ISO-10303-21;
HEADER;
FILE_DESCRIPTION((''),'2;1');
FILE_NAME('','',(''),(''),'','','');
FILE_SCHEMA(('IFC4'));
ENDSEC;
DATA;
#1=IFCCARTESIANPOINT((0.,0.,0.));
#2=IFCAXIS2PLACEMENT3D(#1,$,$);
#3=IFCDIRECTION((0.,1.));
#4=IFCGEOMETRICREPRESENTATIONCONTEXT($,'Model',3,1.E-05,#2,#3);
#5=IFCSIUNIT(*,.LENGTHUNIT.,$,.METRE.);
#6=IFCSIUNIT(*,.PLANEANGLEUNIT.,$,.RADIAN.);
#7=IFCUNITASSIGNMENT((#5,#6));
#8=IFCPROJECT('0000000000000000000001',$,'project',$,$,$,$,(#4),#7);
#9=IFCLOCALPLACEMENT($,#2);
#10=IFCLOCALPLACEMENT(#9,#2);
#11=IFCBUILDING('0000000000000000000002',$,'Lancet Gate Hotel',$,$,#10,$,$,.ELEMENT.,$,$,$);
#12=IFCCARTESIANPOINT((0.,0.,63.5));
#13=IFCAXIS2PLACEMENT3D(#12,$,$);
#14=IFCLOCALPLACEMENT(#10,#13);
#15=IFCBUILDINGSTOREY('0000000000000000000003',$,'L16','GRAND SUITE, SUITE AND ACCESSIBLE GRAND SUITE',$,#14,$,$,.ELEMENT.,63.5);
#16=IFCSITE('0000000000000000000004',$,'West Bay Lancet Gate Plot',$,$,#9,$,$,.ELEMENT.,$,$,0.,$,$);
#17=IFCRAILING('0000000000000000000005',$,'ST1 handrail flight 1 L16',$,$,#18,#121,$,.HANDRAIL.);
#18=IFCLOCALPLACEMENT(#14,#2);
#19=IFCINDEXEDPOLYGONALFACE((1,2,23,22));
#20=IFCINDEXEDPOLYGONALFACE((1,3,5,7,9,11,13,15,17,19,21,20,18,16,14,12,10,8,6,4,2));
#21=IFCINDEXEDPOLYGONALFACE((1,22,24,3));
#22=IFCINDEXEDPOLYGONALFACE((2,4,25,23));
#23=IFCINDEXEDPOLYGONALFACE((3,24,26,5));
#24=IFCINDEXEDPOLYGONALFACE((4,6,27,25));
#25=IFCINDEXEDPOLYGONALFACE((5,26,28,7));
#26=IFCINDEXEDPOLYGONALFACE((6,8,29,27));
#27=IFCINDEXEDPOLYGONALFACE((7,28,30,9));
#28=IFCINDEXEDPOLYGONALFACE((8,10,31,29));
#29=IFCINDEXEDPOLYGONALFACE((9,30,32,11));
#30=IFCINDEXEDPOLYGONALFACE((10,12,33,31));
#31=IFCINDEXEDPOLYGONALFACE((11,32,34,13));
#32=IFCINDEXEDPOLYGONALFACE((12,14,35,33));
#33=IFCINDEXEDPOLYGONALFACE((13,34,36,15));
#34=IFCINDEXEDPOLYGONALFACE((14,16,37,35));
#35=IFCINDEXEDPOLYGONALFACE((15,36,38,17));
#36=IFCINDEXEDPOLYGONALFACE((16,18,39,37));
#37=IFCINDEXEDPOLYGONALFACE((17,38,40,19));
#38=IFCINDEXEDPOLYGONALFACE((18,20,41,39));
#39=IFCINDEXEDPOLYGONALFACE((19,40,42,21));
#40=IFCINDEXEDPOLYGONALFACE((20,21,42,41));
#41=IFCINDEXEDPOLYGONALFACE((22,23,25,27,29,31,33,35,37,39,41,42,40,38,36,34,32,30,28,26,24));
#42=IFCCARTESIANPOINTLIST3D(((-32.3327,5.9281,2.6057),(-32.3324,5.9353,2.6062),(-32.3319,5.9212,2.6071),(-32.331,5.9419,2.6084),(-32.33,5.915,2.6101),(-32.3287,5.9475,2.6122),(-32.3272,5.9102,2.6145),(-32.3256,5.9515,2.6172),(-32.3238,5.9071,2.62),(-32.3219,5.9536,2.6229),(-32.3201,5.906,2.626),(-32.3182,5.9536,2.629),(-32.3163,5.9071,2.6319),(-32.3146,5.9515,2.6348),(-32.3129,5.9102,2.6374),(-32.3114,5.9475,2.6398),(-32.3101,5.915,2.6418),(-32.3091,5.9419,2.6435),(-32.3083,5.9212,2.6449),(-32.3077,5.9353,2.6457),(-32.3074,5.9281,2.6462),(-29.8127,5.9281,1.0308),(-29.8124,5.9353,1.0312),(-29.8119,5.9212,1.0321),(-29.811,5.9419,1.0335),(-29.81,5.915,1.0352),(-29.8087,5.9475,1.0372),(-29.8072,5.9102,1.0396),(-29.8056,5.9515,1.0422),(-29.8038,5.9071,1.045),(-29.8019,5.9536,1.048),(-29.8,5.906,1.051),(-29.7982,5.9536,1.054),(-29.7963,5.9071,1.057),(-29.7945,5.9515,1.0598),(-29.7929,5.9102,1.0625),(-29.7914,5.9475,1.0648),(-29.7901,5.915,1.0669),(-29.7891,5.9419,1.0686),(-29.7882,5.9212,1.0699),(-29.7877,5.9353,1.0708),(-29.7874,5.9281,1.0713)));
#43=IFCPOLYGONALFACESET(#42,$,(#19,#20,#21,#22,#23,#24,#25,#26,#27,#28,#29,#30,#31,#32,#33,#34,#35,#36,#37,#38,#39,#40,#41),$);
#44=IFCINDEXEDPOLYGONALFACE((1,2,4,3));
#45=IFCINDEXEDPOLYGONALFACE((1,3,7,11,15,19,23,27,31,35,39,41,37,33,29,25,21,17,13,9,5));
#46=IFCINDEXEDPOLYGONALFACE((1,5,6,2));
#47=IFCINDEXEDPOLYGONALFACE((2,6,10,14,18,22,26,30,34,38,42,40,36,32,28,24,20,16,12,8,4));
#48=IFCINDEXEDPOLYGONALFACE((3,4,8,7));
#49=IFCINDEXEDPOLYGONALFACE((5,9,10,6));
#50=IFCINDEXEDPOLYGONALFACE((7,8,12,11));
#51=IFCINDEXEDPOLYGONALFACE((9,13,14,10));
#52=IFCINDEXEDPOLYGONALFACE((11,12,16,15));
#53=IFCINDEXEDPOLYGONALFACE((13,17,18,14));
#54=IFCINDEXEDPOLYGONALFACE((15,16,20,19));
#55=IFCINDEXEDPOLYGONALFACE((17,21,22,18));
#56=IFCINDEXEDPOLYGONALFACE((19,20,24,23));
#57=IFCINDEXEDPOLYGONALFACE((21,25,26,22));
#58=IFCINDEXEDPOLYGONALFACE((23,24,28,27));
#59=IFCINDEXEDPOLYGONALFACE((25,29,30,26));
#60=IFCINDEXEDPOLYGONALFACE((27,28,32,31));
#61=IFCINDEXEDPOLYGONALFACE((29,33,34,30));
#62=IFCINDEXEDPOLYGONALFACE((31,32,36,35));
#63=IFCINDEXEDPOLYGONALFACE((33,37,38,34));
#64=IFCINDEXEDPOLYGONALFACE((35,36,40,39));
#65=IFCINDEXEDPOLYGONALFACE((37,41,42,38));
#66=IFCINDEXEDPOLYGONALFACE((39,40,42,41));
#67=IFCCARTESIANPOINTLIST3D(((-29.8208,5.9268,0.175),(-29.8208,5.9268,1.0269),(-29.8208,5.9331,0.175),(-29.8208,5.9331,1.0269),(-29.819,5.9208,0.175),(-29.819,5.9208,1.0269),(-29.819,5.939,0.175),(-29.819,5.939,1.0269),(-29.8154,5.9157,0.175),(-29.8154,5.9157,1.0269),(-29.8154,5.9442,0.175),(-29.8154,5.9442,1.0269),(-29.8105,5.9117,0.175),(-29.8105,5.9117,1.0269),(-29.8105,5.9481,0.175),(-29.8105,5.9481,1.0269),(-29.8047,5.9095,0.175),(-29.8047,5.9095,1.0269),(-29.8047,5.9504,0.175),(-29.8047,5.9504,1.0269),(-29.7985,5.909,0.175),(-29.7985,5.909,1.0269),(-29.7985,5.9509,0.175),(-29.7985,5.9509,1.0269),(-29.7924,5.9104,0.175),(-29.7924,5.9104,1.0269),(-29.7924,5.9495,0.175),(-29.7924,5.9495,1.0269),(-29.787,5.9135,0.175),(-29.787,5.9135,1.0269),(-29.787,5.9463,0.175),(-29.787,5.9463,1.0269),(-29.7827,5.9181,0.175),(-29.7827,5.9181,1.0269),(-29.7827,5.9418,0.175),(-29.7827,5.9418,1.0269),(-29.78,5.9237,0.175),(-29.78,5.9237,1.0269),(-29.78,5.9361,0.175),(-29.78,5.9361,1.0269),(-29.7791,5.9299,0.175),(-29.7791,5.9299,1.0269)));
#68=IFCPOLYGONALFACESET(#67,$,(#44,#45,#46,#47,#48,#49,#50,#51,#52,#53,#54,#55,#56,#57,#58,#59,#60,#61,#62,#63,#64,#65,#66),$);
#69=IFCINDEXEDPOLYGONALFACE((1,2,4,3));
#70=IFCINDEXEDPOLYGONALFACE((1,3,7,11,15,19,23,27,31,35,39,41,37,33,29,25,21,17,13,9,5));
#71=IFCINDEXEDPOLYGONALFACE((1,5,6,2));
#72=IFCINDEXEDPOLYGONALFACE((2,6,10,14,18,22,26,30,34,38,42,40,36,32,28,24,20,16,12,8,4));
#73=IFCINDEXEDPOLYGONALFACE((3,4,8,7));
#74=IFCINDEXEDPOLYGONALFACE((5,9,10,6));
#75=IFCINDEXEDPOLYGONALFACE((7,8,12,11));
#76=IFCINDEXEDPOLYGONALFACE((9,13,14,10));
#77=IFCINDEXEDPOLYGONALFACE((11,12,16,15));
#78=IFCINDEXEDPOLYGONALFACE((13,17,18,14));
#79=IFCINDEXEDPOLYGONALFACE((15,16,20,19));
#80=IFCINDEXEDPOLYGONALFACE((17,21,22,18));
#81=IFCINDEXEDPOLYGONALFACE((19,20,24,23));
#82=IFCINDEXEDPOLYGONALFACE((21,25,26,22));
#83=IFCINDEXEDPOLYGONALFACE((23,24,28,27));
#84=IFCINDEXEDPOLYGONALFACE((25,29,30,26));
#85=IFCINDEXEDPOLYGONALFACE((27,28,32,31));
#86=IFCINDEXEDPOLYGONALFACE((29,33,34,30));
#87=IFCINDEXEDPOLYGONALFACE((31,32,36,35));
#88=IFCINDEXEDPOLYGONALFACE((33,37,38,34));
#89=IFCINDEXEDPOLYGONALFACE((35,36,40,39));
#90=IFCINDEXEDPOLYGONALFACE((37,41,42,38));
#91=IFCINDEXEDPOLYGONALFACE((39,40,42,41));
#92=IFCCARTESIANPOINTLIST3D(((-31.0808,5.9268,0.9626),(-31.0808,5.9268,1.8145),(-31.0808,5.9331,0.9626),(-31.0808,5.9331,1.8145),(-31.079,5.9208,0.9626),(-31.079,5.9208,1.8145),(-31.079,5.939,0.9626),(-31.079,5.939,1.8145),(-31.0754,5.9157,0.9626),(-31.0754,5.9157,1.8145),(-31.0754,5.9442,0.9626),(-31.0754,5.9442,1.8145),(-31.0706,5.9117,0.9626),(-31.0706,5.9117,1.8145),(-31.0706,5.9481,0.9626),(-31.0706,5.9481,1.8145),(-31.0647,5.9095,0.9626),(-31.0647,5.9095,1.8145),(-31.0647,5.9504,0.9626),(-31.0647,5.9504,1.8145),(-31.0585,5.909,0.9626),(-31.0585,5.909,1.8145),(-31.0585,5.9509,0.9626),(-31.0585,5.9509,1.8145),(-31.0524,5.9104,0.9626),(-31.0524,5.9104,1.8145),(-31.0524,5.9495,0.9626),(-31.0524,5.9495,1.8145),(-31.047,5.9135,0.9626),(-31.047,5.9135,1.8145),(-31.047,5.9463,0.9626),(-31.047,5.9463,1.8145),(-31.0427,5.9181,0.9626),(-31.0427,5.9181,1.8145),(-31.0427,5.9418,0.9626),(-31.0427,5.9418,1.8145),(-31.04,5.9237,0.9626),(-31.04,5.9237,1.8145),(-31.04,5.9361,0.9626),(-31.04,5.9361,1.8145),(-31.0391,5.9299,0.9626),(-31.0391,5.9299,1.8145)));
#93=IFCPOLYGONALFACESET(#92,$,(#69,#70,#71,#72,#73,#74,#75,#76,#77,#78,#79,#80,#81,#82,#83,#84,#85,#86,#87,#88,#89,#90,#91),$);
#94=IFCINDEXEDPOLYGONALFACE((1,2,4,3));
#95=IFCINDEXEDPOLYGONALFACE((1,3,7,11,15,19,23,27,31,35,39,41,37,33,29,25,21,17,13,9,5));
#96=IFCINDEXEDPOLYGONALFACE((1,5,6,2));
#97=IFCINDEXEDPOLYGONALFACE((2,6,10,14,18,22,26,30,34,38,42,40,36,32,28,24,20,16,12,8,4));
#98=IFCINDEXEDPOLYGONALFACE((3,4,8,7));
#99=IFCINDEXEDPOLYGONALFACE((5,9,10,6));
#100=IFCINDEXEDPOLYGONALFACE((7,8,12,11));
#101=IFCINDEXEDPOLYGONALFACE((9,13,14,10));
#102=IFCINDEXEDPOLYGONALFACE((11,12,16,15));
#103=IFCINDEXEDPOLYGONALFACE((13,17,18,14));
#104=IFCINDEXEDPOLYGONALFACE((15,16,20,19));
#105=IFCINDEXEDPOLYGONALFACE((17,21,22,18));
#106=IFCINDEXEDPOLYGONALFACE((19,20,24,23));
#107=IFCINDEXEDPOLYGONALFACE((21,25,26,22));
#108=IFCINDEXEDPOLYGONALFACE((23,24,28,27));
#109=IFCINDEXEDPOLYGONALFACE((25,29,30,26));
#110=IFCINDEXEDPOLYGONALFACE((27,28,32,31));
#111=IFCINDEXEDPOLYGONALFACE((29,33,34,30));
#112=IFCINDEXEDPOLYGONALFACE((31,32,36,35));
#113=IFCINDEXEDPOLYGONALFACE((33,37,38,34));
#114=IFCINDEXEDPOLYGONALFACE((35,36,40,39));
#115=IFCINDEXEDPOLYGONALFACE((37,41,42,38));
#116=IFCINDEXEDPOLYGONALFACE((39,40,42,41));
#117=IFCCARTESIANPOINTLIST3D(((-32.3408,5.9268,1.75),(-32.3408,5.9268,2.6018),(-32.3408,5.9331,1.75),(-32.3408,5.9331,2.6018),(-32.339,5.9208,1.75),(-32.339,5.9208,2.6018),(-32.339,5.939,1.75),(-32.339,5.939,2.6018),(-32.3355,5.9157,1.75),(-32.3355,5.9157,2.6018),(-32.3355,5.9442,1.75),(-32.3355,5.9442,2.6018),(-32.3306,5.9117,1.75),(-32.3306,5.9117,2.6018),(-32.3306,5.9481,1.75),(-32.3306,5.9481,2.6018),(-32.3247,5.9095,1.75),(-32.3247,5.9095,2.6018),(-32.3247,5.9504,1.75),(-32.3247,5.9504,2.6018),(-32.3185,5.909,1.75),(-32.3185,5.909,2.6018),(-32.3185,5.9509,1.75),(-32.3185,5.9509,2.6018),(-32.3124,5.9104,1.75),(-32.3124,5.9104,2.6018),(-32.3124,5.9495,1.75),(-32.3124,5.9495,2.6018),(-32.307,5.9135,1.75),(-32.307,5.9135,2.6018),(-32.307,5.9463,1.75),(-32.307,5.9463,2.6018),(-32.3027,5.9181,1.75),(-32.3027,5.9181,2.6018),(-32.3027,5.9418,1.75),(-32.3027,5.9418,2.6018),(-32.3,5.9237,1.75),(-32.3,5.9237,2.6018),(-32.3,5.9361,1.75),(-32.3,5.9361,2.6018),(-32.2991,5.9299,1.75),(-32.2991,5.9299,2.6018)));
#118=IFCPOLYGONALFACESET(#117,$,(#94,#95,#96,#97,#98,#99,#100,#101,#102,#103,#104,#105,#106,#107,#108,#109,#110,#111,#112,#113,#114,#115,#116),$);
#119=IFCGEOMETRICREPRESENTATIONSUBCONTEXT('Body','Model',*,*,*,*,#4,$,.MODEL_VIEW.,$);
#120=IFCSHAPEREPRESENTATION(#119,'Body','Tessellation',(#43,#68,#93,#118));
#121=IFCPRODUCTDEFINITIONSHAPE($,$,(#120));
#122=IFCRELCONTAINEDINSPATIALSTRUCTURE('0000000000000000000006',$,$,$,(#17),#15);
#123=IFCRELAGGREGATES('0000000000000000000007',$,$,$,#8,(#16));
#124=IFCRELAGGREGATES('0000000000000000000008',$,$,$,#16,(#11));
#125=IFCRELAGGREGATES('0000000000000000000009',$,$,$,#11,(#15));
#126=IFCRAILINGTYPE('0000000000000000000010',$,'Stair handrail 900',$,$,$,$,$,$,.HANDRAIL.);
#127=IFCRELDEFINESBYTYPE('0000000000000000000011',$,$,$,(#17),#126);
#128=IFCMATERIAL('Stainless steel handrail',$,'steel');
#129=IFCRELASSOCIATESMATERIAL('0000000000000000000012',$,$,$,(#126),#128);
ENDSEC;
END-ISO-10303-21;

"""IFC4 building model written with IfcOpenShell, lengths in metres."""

from ifc_helpers import new_model, si_unit, direction, frame, origin, origin_2d, place, context, subcontext, project, spatial, circle, extrude, material, type_object, element, save


model = new_model("IFC4")

# Units and contexts
model_context = context("Model", 3, precision=1e-05, world=origin(), true_north=direction((0.0, 1.0)))
body_context = subcontext(model_context, "Body", "Model", "MODEL_VIEW")
ifc_project = project(units=[si_unit("LENGTHUNIT", "METRE"), si_unit("PLANEANGLEUNIT", "RADIAN")], contexts=[model_context])

# Site, building, storey
site_placement = place(None, origin())
site = spatial("IfcSite", under=ifc_project, at=site_placement, Name="West Bay Lancet Gate Plot", CompositionType="ELEMENT", RefElevation=0.0)
building_placement = place(site_placement, origin())
building = spatial("IfcBuilding", under=site, at=building_placement, Name="Lancet Gate Hotel", CompositionType="ELEMENT")
storey_placement = place(building_placement, frame((0.0, 0.0, 63.5)))
storey = spatial("IfcBuildingStorey", under=building, at=storey_placement, Name="L16", Description="GRAND SUITE, SUITE AND ACCESSIBLE GRAND SUITE", CompositionType="ELEMENT", Elevation=63.5)

# Railing
ifc_material_1 = material(Name="Stainless steel handrail", Category="steel")
railing_type = type_object("IfcRailingType", Name="Stair handrail 900", PredefinedType="HANDRAIL", material=ifc_material_1)
railing_1_placement = place(storey_placement, frame((-29.8, 5.9299, 0.175)))
element("IfcRailing", 1, at=railing_1_placement, inside=storey, type_object=railing_type, Name="ST1 handrail flight 1 L16", PredefinedType="HANDRAIL", context=body_context, shape_type="SweptSolid", body=[
    extrude(circle(Radius=0.0239, at=origin_2d()), frame((0.0, 0.0, 0.876), z_axis=(-0.848008, 0.0, 0.529984), x_axis=(0.0, -1.0, 0.0)), (0.0, 0.0, 1.0), 2.9717),
    extrude(circle(Radius=0.021, at=origin_2d()), origin(), (0.0, 0.0, 1.0), 0.8518),
    extrude(circle(Radius=0.021, at=origin_2d()), frame((-1.26, 0.0, 0.7876)), (0.0, 0.0, 1.0), 0.8518),
    extrude(circle(Radius=0.021, at=origin_2d()), frame((-2.52, 0.0, 1.575)), (0.0, 0.0, 1.0), 0.8518),
])

save(model, "model.ifc")
